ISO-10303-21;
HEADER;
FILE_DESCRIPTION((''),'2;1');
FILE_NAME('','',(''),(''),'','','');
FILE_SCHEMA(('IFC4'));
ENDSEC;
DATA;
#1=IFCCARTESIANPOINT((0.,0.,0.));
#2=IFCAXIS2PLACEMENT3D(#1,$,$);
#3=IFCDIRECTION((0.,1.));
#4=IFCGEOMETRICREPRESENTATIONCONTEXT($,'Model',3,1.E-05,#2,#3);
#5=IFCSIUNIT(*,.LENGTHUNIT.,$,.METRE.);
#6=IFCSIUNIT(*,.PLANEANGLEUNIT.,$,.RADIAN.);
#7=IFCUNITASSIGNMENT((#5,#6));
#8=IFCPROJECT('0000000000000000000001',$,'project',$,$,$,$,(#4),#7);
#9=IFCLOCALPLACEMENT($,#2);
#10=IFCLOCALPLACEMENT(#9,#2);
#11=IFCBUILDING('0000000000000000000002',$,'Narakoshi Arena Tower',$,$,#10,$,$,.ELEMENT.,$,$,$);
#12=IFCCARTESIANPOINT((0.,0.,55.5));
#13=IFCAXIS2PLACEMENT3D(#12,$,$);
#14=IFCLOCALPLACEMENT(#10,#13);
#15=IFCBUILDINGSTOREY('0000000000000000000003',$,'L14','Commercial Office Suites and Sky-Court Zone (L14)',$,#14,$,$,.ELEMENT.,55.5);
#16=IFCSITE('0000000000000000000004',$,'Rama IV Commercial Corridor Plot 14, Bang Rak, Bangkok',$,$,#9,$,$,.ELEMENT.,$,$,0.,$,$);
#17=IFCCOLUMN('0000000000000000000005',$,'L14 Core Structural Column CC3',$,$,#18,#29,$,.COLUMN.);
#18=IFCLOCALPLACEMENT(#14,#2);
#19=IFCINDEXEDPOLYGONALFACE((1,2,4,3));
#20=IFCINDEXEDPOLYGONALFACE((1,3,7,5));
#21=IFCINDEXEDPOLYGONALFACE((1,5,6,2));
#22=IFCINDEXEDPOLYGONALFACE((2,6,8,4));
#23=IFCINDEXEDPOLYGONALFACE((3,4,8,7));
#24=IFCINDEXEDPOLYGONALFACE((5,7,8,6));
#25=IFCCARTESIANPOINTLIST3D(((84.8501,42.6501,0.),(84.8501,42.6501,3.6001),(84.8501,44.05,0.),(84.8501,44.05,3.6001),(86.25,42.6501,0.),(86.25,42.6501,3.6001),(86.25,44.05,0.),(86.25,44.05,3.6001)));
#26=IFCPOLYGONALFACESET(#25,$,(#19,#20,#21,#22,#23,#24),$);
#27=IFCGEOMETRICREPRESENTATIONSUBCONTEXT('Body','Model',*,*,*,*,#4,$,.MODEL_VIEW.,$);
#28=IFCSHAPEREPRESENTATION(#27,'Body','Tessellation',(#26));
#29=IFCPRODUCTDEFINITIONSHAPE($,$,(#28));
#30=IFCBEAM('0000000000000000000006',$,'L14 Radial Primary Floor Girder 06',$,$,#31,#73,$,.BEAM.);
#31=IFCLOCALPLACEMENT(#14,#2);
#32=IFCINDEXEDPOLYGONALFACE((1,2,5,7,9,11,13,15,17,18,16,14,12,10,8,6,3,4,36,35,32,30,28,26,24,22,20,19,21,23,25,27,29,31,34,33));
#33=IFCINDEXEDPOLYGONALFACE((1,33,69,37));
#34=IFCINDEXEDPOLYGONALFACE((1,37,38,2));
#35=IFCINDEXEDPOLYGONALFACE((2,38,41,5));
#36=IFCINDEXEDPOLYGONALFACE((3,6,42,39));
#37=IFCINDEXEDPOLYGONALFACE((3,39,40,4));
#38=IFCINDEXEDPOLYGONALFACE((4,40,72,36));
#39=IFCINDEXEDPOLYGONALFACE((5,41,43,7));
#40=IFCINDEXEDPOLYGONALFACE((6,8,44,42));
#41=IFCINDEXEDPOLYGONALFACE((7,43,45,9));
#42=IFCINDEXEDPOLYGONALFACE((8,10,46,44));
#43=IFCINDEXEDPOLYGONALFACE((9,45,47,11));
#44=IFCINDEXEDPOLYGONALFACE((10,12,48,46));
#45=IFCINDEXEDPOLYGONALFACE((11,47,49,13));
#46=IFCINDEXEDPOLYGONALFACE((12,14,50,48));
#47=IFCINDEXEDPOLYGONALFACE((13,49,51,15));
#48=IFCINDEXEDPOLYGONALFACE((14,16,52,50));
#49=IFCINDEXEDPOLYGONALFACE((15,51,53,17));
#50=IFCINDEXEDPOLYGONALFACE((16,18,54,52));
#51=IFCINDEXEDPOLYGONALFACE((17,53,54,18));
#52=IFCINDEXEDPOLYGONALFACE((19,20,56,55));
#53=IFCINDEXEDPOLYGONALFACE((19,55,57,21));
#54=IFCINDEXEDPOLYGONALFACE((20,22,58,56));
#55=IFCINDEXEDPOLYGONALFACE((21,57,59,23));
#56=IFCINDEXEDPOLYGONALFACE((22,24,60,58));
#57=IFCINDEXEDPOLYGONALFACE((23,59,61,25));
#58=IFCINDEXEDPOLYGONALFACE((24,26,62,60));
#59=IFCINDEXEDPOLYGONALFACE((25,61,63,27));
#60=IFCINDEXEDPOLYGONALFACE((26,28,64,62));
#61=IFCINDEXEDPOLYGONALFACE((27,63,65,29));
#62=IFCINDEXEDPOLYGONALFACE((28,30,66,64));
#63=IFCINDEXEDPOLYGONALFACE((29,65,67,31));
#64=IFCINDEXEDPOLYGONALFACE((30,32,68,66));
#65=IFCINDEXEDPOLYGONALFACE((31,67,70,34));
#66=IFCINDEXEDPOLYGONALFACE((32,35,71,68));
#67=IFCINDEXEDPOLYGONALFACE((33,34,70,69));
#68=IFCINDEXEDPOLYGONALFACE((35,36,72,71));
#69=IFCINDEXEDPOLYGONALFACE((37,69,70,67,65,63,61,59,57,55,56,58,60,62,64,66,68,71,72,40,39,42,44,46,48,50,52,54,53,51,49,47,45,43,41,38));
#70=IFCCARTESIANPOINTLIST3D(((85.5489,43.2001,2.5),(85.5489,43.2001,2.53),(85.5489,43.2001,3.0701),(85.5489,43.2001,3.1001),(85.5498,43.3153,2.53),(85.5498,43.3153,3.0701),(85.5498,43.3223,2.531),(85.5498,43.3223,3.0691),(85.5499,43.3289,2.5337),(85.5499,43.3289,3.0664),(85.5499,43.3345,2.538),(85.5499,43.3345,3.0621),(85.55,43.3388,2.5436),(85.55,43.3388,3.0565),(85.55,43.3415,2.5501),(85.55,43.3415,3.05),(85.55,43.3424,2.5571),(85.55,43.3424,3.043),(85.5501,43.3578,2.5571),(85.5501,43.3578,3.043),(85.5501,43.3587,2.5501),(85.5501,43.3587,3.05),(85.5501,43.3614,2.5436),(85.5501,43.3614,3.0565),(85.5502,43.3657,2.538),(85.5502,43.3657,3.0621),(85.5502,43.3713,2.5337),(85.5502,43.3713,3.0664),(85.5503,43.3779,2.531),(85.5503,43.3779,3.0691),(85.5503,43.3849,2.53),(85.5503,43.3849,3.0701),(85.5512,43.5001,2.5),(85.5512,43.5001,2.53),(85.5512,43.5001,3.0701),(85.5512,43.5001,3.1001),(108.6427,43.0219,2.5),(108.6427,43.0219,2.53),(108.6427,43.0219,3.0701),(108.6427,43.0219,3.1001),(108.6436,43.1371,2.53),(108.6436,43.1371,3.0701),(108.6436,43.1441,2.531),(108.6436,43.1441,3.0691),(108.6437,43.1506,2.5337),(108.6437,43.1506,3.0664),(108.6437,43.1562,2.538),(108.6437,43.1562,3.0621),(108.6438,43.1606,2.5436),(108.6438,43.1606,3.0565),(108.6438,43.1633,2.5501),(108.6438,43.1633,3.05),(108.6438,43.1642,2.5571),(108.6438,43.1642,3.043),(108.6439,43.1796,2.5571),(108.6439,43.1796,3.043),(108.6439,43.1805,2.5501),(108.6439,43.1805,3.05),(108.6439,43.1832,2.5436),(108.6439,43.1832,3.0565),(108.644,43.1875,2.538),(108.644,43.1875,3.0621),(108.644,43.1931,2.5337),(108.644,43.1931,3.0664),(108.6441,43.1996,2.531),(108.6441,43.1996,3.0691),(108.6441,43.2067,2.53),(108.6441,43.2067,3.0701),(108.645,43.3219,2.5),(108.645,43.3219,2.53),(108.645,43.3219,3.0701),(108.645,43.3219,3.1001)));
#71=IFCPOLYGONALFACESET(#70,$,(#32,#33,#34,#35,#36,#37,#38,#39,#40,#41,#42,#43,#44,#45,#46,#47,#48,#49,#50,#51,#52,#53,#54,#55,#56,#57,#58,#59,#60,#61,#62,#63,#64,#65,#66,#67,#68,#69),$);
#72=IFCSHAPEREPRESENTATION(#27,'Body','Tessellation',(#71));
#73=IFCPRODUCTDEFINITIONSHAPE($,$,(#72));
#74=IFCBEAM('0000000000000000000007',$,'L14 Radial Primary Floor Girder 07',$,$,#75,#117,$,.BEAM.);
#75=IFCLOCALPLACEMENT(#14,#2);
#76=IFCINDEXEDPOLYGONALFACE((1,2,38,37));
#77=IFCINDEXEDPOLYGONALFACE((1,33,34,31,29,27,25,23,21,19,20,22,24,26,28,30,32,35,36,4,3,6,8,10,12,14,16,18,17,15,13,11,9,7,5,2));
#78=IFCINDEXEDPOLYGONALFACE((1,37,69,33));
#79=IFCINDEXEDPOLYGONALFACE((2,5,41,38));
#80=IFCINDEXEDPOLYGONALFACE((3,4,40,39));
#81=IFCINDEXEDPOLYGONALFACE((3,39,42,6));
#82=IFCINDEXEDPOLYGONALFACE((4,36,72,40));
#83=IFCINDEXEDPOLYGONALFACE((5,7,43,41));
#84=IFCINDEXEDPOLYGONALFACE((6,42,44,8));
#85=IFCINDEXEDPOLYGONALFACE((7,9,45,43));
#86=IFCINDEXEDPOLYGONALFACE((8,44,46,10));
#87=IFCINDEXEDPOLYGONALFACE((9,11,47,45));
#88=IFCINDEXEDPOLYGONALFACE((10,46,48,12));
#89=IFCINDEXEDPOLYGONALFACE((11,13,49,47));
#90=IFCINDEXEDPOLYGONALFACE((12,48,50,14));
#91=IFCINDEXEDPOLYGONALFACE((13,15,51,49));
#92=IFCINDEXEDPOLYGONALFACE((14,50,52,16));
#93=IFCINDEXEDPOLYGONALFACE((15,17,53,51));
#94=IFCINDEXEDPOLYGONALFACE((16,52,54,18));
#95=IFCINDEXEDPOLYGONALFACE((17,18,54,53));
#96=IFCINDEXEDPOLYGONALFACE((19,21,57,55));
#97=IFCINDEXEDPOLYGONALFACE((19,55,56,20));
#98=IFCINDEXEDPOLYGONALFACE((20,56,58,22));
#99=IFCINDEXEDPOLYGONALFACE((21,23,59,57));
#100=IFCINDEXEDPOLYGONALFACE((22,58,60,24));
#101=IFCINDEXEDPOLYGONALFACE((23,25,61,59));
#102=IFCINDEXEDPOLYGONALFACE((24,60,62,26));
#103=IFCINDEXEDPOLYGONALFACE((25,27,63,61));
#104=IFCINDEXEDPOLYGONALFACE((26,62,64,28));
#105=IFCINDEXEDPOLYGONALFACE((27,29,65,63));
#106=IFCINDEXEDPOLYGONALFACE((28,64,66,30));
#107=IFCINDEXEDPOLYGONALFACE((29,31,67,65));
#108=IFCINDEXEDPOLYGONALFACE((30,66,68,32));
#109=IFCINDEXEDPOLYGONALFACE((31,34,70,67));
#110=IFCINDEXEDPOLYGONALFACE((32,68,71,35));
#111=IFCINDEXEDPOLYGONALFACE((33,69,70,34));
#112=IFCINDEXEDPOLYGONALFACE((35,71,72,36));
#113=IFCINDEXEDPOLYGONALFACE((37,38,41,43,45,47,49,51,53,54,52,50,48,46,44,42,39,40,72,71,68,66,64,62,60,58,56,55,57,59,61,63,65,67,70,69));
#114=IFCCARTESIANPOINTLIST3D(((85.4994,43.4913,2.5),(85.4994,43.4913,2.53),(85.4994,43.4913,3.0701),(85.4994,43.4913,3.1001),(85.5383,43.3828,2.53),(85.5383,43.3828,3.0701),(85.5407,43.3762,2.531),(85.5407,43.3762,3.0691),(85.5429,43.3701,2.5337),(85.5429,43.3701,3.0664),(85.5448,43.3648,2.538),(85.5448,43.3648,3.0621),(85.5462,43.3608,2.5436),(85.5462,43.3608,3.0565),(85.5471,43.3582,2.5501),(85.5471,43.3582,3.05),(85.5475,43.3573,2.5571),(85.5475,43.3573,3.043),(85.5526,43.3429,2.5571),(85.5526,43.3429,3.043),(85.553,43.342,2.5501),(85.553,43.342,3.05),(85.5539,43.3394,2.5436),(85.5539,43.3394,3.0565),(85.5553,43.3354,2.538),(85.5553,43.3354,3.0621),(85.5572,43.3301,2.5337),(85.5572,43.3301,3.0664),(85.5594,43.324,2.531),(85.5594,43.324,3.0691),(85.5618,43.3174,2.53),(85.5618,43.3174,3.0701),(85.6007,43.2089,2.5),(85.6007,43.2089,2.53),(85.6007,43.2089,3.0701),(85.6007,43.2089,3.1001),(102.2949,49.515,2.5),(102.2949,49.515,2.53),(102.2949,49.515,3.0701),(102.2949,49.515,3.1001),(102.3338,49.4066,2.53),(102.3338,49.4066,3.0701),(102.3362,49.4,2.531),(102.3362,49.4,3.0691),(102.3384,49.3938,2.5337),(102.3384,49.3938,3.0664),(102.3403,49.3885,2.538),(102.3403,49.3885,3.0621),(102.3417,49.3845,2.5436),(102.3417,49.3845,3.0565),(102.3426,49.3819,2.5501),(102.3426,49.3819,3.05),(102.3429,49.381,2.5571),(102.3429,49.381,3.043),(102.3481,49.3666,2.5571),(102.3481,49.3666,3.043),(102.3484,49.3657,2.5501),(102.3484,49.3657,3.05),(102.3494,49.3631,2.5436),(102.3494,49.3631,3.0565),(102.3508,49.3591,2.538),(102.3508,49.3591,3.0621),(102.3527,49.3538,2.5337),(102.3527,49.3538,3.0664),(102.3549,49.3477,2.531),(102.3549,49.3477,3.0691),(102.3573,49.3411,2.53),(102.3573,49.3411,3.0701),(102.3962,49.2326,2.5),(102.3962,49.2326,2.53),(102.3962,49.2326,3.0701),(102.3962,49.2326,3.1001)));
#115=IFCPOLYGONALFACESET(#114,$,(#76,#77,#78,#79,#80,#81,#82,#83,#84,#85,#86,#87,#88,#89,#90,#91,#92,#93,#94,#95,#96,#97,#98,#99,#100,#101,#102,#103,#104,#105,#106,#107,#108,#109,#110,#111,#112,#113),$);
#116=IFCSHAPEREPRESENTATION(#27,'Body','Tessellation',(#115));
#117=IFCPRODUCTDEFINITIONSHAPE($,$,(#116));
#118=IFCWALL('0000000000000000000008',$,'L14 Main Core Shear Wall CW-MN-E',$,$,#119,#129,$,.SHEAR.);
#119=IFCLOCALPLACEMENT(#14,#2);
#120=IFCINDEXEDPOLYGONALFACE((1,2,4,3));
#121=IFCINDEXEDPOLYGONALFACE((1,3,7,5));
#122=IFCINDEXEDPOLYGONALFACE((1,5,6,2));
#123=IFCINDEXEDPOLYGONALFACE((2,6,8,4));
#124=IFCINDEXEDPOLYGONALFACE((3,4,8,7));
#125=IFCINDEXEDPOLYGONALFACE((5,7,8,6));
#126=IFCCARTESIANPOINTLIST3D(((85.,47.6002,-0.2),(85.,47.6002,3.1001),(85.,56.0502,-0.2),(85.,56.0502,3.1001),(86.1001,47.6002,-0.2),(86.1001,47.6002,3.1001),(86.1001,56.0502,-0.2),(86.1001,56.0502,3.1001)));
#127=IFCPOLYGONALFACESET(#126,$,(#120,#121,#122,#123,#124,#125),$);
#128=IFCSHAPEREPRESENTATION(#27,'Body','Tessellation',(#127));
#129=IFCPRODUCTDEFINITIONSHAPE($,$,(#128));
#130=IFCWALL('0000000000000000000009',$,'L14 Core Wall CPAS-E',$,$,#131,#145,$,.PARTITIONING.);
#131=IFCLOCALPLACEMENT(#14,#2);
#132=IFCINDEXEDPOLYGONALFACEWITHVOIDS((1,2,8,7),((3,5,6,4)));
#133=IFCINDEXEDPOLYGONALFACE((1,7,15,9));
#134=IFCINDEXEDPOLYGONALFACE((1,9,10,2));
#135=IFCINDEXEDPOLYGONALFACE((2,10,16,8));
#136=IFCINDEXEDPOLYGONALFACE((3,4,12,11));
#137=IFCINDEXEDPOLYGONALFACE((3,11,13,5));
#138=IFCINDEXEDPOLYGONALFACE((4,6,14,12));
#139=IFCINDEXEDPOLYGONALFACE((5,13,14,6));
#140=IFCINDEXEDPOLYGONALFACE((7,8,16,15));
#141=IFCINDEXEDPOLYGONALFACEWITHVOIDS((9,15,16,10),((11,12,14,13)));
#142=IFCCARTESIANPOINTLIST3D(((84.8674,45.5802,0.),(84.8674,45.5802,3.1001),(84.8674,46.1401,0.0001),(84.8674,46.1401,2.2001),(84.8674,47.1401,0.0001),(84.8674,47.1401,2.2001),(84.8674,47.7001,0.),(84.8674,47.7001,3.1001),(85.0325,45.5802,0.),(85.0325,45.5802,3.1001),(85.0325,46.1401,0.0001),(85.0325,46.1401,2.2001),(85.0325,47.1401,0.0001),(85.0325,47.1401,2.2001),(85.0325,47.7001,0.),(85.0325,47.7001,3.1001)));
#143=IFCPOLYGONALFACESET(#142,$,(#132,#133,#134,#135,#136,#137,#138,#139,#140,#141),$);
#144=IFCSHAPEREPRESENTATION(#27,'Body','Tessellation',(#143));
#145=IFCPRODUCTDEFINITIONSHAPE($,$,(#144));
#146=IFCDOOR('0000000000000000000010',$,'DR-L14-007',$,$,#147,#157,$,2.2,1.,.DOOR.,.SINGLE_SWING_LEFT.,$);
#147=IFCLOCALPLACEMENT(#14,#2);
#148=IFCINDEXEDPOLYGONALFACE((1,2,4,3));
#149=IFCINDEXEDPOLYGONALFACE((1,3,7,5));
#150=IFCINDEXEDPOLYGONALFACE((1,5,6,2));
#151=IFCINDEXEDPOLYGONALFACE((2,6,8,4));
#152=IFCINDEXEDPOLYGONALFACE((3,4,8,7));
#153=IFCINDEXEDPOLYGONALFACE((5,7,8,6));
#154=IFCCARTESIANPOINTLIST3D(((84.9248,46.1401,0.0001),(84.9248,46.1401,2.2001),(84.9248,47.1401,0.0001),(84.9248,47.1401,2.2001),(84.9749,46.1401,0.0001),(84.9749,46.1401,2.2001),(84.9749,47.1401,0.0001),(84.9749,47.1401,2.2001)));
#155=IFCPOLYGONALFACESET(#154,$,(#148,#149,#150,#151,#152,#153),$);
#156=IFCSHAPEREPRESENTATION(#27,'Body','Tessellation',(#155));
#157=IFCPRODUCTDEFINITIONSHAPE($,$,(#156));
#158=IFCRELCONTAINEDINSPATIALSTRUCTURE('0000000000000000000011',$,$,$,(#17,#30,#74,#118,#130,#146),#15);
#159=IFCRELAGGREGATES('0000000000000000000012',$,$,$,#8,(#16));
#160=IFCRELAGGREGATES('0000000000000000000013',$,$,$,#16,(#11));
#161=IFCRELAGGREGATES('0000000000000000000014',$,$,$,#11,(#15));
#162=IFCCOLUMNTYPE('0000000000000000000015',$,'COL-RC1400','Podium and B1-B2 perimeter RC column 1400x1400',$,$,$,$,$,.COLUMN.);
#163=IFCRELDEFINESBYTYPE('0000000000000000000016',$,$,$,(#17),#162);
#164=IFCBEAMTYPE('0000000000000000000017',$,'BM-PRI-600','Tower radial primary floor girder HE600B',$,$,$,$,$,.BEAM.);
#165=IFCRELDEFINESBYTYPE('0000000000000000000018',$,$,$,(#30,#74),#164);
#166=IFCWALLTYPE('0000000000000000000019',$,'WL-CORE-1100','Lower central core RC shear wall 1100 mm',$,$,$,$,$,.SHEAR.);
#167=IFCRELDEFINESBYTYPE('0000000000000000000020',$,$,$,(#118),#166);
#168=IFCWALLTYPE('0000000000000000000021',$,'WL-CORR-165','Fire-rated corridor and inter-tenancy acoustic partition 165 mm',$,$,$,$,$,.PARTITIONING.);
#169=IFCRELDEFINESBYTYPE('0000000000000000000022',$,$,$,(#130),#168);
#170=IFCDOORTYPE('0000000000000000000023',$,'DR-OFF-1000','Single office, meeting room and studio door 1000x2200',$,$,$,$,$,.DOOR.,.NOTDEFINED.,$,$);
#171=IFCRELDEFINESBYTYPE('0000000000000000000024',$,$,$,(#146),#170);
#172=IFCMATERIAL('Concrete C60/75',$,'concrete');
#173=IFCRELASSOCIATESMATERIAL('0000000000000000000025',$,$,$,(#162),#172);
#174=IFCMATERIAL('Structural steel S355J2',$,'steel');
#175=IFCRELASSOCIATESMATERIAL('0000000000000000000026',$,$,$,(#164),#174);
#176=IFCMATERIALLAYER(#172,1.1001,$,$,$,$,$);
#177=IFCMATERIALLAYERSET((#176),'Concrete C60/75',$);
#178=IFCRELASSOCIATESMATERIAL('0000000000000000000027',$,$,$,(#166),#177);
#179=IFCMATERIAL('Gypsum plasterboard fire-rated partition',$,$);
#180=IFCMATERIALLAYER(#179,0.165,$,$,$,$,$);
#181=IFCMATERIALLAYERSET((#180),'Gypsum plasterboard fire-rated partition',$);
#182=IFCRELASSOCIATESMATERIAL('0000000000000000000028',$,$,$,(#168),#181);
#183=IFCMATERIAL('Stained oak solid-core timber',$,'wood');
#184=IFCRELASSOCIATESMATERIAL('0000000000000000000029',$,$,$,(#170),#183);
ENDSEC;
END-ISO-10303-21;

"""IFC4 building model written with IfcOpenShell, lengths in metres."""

from ifc_helpers import new_model, si_unit, direction, frame, frame_2d, origin, origin_2d, place, context, subcontext, project, spatial, rectangle, i_section, extrude, material, layer, layer_set, material_profile, profile_set, type_object, element, fill, save


model = new_model("IFC4")

# Units and contexts
model_context = context("Model", 3, precision=1e-05, world=origin(), true_north=direction((0.0, 1.0)))
body_context = subcontext(model_context, "Body", "Model", "MODEL_VIEW")
ifc_project = project(units=[si_unit("LENGTHUNIT", "METRE"), si_unit("PLANEANGLEUNIT", "RADIAN")], contexts=[model_context])

# Site, building, storey
site_placement = place(None, origin())
site = spatial("IfcSite", under=ifc_project, at=site_placement, Name="Rama IV Commercial Corridor Plot 14, Bang Rak, Bangkok", CompositionType="ELEMENT", RefElevation=0.0)
building_placement = place(site_placement, origin())
building = spatial("IfcBuilding", under=site, at=building_placement, Name="Narakoshi Arena Tower", CompositionType="ELEMENT")
storey_placement = place(building_placement, frame((0.0, 0.0, 55.5)))
storey = spatial("IfcBuildingStorey", under=building, at=storey_placement, Name="L14", Description="Commercial Office Suites and Sky-Court Zone (L14)", CompositionType="ELEMENT", Elevation=55.5)

# Column
ifc_material_1 = material(Name="Concrete C60/75", Category="concrete")
ifc_material_profile_1 = material_profile(ifc_material_1, rectangle(XDim=1.3999, YDim=1.3999, at=origin_2d()), Name="RC1400x1400")
ifc_profile_set_1 = profile_set([ifc_material_profile_1], Name="Concrete C60/75")
column_type = type_object("IfcColumnType", Name="COL-RC1400", Description="Podium and B1-B2 perimeter RC column 1400x1400", PredefinedType="COLUMN", material=ifc_profile_set_1)
column_placement = place(storey_placement, frame((85.55, 43.3501, 0.0), z_axis=(0.0, 0.0, 1.0), x_axis=(1.0, 0.0, 0.0)))
element("IfcColumn", 1, at=column_placement, inside=storey, type_object=column_type, Name="L14 Core Structural Column CC3", PredefinedType="COLUMN", context=body_context, shape_type="SweptSolid", body=[
    extrude(rectangle(XDim=1.3999, YDim=1.3999, at=origin_2d()), origin(), (0.0, 0.0, 1.0), 3.6001),
])

# Beams
ifc_material_2 = material(Name="Structural steel S355J2", Category="steel")
ifc_material_profile_2 = material_profile(ifc_material_2, i_section(OverallWidth=0.3, OverallDepth=0.6001, WebThickness=0.0154, FlangeThickness=0.03, FilletRadius=0.0271, at=origin_2d()), Name="HE600B")
ifc_profile_set_2 = profile_set([ifc_material_profile_2], Name="Structural steel S355J2")
beam_type = type_object("IfcBeamType", Name="BM-PRI-600", Description="Tower radial primary floor girder HE600B", PredefinedType="BEAM", material=ifc_profile_set_2)
beam_1_placement = place(storey_placement, frame((85.55, 43.3501, 2.8), z_axis=(0.99997, -0.007717, 0.0), x_axis=(0.007717, 0.99997, 0.0)))
element("IfcBeam", 2, at=beam_1_placement, inside=storey, type_object=beam_type, Name="L14 Radial Primary Floor Girder 06", PredefinedType="BEAM", context=body_context, shape_type="SweptSolid", body=[
    extrude(i_section(OverallWidth=0.3, OverallDepth=0.6001, WebThickness=0.0154, FlangeThickness=0.03, FilletRadius=0.0271, at=origin_2d()), origin(), (0.0, 0.0, 1.0), 23.0945),
])
beam_2_placement = place(storey_placement, frame((85.55, 43.3501, 2.8), z_axis=(0.941292, 0.337595, 0.0), x_axis=(-0.337595, 0.941292, 0.0)))
element("IfcBeam", 3, at=beam_2_placement, inside=storey, type_object=beam_type, Name="L14 Radial Primary Floor Girder 07", PredefinedType="BEAM", context=body_context, shape_type="SweptSolid", body=[
    extrude(i_section(OverallWidth=0.3, OverallDepth=0.6001, WebThickness=0.0154, FlangeThickness=0.03, FilletRadius=0.0271, at=origin_2d()), origin(), (0.0, 0.0, 1.0), 17.843),
])

# Wall
ifc_layer_1 = layer(ifc_material_1, 1.1001)
ifc_layer_set_1 = layer_set([ifc_layer_1], Name="Concrete C60/75")
wall_type_1 = type_object("IfcWallType", Name="WL-CORE-1100", Description="Lower central core RC shear wall 1100 mm", PredefinedType="SHEAR", material=ifc_layer_set_1)
wall_1_placement = place(storey_placement, frame((85.55, 47.6001, -0.2), z_axis=(0.0, 0.0, 1.0), x_axis=(0.0, 1.0, 0.0)))
element("IfcWall", 4, at=wall_1_placement, inside=storey, type_object=wall_type_1, Name="L14 Main Core Shear Wall CW-MN-E", PredefinedType="SHEAR", context=body_context, shape_type="SweptSolid", body=[
    extrude(rectangle(XDim=8.45, YDim=1.1001, at=frame_2d((4.2251, 0.0))), origin(), (0.0, 0.0, 1.0), 3.3),
])

# Wall, opening, door
ifc_material_3 = material(Name="Gypsum plasterboard fire-rated partition")
ifc_layer_2 = layer(ifc_material_3, 0.165)
ifc_layer_set_2 = layer_set([ifc_layer_2], Name="Gypsum plasterboard fire-rated partition")
wall_type_2 = type_object("IfcWallType", Name="WL-CORR-165", Description="Fire-rated corridor and inter-tenancy acoustic partition 165 mm", PredefinedType="PARTITIONING", material=ifc_layer_set_2)
wall_2_placement = place(storey_placement, frame((84.95, 45.5801, 0.0), z_axis=(0.0, 0.0, 1.0), x_axis=(0.0, 1.0, 0.0)))
wall_2 = element("IfcWall", 5, at=wall_2_placement, inside=storey, type_object=wall_type_2, Name="L14 Core Wall CPAS-E", PredefinedType="PARTITIONING", context=body_context, shape_type="SweptSolid", body=[
    extrude(rectangle(XDim=2.1199, YDim=0.165, at=frame_2d((1.0601, 0.0))), origin(), (0.0, 0.0, 1.0), 3.1001),
])
opening_1_placement = place(wall_2_placement, frame((0.5601, 0.0, 0.0)))
opening_1 = element("IfcOpeningElement", 6, at=opening_1_placement, cuts=wall_2, PredefinedType="OPENING", context=body_context, shape_type="SweptSolid", body=[
    extrude(rectangle(XDim=1.0, YDim=2.2, at=frame_2d((0.5, 1.1001))), frame((0.0, 0.0925, 0.0), z_axis=(0.0, -1.0, 0.0), x_axis=(1.0, 0.0, 0.0)), (0.0, 0.0, 1.0), 0.1851),
])
ifc_material_4 = material(Name="Stained oak solid-core timber", Category="wood")
door_type_1 = type_object("IfcDoorType", Name="DR-OFF-1000", Description="Single office, meeting room and studio door 1000x2200", OperationType="NOTDEFINED", PredefinedType="DOOR", material=ifc_material_4)
door_1_placement = place(opening_1_placement, frame((1.0, 0.0, 0.0), z_axis=(0.0, 0.0, 1.0), x_axis=(-1.0, 0.0, 0.0)))
door_1 = element("IfcDoor", 7, at=door_1_placement, inside=storey, type_object=door_type_1, Name="DR-L14-007", OperationType="SINGLE_SWING_LEFT", OverallHeight=2.2, OverallWidth=1.0, PredefinedType="DOOR", context=body_context, shape_type="SweptSolid", body=[
    extrude(rectangle(XDim=1.0, YDim=2.2, at=frame_2d((0.5, 1.1001))), frame((0.0, 0.0249, 0.0), z_axis=(0.0, -1.0, 0.0), x_axis=(1.0, 0.0, 0.0)), (0.0, 0.0, 1.0), 0.05),
])
fill(opening_1, door_1)

save(model, "model.ifc")
